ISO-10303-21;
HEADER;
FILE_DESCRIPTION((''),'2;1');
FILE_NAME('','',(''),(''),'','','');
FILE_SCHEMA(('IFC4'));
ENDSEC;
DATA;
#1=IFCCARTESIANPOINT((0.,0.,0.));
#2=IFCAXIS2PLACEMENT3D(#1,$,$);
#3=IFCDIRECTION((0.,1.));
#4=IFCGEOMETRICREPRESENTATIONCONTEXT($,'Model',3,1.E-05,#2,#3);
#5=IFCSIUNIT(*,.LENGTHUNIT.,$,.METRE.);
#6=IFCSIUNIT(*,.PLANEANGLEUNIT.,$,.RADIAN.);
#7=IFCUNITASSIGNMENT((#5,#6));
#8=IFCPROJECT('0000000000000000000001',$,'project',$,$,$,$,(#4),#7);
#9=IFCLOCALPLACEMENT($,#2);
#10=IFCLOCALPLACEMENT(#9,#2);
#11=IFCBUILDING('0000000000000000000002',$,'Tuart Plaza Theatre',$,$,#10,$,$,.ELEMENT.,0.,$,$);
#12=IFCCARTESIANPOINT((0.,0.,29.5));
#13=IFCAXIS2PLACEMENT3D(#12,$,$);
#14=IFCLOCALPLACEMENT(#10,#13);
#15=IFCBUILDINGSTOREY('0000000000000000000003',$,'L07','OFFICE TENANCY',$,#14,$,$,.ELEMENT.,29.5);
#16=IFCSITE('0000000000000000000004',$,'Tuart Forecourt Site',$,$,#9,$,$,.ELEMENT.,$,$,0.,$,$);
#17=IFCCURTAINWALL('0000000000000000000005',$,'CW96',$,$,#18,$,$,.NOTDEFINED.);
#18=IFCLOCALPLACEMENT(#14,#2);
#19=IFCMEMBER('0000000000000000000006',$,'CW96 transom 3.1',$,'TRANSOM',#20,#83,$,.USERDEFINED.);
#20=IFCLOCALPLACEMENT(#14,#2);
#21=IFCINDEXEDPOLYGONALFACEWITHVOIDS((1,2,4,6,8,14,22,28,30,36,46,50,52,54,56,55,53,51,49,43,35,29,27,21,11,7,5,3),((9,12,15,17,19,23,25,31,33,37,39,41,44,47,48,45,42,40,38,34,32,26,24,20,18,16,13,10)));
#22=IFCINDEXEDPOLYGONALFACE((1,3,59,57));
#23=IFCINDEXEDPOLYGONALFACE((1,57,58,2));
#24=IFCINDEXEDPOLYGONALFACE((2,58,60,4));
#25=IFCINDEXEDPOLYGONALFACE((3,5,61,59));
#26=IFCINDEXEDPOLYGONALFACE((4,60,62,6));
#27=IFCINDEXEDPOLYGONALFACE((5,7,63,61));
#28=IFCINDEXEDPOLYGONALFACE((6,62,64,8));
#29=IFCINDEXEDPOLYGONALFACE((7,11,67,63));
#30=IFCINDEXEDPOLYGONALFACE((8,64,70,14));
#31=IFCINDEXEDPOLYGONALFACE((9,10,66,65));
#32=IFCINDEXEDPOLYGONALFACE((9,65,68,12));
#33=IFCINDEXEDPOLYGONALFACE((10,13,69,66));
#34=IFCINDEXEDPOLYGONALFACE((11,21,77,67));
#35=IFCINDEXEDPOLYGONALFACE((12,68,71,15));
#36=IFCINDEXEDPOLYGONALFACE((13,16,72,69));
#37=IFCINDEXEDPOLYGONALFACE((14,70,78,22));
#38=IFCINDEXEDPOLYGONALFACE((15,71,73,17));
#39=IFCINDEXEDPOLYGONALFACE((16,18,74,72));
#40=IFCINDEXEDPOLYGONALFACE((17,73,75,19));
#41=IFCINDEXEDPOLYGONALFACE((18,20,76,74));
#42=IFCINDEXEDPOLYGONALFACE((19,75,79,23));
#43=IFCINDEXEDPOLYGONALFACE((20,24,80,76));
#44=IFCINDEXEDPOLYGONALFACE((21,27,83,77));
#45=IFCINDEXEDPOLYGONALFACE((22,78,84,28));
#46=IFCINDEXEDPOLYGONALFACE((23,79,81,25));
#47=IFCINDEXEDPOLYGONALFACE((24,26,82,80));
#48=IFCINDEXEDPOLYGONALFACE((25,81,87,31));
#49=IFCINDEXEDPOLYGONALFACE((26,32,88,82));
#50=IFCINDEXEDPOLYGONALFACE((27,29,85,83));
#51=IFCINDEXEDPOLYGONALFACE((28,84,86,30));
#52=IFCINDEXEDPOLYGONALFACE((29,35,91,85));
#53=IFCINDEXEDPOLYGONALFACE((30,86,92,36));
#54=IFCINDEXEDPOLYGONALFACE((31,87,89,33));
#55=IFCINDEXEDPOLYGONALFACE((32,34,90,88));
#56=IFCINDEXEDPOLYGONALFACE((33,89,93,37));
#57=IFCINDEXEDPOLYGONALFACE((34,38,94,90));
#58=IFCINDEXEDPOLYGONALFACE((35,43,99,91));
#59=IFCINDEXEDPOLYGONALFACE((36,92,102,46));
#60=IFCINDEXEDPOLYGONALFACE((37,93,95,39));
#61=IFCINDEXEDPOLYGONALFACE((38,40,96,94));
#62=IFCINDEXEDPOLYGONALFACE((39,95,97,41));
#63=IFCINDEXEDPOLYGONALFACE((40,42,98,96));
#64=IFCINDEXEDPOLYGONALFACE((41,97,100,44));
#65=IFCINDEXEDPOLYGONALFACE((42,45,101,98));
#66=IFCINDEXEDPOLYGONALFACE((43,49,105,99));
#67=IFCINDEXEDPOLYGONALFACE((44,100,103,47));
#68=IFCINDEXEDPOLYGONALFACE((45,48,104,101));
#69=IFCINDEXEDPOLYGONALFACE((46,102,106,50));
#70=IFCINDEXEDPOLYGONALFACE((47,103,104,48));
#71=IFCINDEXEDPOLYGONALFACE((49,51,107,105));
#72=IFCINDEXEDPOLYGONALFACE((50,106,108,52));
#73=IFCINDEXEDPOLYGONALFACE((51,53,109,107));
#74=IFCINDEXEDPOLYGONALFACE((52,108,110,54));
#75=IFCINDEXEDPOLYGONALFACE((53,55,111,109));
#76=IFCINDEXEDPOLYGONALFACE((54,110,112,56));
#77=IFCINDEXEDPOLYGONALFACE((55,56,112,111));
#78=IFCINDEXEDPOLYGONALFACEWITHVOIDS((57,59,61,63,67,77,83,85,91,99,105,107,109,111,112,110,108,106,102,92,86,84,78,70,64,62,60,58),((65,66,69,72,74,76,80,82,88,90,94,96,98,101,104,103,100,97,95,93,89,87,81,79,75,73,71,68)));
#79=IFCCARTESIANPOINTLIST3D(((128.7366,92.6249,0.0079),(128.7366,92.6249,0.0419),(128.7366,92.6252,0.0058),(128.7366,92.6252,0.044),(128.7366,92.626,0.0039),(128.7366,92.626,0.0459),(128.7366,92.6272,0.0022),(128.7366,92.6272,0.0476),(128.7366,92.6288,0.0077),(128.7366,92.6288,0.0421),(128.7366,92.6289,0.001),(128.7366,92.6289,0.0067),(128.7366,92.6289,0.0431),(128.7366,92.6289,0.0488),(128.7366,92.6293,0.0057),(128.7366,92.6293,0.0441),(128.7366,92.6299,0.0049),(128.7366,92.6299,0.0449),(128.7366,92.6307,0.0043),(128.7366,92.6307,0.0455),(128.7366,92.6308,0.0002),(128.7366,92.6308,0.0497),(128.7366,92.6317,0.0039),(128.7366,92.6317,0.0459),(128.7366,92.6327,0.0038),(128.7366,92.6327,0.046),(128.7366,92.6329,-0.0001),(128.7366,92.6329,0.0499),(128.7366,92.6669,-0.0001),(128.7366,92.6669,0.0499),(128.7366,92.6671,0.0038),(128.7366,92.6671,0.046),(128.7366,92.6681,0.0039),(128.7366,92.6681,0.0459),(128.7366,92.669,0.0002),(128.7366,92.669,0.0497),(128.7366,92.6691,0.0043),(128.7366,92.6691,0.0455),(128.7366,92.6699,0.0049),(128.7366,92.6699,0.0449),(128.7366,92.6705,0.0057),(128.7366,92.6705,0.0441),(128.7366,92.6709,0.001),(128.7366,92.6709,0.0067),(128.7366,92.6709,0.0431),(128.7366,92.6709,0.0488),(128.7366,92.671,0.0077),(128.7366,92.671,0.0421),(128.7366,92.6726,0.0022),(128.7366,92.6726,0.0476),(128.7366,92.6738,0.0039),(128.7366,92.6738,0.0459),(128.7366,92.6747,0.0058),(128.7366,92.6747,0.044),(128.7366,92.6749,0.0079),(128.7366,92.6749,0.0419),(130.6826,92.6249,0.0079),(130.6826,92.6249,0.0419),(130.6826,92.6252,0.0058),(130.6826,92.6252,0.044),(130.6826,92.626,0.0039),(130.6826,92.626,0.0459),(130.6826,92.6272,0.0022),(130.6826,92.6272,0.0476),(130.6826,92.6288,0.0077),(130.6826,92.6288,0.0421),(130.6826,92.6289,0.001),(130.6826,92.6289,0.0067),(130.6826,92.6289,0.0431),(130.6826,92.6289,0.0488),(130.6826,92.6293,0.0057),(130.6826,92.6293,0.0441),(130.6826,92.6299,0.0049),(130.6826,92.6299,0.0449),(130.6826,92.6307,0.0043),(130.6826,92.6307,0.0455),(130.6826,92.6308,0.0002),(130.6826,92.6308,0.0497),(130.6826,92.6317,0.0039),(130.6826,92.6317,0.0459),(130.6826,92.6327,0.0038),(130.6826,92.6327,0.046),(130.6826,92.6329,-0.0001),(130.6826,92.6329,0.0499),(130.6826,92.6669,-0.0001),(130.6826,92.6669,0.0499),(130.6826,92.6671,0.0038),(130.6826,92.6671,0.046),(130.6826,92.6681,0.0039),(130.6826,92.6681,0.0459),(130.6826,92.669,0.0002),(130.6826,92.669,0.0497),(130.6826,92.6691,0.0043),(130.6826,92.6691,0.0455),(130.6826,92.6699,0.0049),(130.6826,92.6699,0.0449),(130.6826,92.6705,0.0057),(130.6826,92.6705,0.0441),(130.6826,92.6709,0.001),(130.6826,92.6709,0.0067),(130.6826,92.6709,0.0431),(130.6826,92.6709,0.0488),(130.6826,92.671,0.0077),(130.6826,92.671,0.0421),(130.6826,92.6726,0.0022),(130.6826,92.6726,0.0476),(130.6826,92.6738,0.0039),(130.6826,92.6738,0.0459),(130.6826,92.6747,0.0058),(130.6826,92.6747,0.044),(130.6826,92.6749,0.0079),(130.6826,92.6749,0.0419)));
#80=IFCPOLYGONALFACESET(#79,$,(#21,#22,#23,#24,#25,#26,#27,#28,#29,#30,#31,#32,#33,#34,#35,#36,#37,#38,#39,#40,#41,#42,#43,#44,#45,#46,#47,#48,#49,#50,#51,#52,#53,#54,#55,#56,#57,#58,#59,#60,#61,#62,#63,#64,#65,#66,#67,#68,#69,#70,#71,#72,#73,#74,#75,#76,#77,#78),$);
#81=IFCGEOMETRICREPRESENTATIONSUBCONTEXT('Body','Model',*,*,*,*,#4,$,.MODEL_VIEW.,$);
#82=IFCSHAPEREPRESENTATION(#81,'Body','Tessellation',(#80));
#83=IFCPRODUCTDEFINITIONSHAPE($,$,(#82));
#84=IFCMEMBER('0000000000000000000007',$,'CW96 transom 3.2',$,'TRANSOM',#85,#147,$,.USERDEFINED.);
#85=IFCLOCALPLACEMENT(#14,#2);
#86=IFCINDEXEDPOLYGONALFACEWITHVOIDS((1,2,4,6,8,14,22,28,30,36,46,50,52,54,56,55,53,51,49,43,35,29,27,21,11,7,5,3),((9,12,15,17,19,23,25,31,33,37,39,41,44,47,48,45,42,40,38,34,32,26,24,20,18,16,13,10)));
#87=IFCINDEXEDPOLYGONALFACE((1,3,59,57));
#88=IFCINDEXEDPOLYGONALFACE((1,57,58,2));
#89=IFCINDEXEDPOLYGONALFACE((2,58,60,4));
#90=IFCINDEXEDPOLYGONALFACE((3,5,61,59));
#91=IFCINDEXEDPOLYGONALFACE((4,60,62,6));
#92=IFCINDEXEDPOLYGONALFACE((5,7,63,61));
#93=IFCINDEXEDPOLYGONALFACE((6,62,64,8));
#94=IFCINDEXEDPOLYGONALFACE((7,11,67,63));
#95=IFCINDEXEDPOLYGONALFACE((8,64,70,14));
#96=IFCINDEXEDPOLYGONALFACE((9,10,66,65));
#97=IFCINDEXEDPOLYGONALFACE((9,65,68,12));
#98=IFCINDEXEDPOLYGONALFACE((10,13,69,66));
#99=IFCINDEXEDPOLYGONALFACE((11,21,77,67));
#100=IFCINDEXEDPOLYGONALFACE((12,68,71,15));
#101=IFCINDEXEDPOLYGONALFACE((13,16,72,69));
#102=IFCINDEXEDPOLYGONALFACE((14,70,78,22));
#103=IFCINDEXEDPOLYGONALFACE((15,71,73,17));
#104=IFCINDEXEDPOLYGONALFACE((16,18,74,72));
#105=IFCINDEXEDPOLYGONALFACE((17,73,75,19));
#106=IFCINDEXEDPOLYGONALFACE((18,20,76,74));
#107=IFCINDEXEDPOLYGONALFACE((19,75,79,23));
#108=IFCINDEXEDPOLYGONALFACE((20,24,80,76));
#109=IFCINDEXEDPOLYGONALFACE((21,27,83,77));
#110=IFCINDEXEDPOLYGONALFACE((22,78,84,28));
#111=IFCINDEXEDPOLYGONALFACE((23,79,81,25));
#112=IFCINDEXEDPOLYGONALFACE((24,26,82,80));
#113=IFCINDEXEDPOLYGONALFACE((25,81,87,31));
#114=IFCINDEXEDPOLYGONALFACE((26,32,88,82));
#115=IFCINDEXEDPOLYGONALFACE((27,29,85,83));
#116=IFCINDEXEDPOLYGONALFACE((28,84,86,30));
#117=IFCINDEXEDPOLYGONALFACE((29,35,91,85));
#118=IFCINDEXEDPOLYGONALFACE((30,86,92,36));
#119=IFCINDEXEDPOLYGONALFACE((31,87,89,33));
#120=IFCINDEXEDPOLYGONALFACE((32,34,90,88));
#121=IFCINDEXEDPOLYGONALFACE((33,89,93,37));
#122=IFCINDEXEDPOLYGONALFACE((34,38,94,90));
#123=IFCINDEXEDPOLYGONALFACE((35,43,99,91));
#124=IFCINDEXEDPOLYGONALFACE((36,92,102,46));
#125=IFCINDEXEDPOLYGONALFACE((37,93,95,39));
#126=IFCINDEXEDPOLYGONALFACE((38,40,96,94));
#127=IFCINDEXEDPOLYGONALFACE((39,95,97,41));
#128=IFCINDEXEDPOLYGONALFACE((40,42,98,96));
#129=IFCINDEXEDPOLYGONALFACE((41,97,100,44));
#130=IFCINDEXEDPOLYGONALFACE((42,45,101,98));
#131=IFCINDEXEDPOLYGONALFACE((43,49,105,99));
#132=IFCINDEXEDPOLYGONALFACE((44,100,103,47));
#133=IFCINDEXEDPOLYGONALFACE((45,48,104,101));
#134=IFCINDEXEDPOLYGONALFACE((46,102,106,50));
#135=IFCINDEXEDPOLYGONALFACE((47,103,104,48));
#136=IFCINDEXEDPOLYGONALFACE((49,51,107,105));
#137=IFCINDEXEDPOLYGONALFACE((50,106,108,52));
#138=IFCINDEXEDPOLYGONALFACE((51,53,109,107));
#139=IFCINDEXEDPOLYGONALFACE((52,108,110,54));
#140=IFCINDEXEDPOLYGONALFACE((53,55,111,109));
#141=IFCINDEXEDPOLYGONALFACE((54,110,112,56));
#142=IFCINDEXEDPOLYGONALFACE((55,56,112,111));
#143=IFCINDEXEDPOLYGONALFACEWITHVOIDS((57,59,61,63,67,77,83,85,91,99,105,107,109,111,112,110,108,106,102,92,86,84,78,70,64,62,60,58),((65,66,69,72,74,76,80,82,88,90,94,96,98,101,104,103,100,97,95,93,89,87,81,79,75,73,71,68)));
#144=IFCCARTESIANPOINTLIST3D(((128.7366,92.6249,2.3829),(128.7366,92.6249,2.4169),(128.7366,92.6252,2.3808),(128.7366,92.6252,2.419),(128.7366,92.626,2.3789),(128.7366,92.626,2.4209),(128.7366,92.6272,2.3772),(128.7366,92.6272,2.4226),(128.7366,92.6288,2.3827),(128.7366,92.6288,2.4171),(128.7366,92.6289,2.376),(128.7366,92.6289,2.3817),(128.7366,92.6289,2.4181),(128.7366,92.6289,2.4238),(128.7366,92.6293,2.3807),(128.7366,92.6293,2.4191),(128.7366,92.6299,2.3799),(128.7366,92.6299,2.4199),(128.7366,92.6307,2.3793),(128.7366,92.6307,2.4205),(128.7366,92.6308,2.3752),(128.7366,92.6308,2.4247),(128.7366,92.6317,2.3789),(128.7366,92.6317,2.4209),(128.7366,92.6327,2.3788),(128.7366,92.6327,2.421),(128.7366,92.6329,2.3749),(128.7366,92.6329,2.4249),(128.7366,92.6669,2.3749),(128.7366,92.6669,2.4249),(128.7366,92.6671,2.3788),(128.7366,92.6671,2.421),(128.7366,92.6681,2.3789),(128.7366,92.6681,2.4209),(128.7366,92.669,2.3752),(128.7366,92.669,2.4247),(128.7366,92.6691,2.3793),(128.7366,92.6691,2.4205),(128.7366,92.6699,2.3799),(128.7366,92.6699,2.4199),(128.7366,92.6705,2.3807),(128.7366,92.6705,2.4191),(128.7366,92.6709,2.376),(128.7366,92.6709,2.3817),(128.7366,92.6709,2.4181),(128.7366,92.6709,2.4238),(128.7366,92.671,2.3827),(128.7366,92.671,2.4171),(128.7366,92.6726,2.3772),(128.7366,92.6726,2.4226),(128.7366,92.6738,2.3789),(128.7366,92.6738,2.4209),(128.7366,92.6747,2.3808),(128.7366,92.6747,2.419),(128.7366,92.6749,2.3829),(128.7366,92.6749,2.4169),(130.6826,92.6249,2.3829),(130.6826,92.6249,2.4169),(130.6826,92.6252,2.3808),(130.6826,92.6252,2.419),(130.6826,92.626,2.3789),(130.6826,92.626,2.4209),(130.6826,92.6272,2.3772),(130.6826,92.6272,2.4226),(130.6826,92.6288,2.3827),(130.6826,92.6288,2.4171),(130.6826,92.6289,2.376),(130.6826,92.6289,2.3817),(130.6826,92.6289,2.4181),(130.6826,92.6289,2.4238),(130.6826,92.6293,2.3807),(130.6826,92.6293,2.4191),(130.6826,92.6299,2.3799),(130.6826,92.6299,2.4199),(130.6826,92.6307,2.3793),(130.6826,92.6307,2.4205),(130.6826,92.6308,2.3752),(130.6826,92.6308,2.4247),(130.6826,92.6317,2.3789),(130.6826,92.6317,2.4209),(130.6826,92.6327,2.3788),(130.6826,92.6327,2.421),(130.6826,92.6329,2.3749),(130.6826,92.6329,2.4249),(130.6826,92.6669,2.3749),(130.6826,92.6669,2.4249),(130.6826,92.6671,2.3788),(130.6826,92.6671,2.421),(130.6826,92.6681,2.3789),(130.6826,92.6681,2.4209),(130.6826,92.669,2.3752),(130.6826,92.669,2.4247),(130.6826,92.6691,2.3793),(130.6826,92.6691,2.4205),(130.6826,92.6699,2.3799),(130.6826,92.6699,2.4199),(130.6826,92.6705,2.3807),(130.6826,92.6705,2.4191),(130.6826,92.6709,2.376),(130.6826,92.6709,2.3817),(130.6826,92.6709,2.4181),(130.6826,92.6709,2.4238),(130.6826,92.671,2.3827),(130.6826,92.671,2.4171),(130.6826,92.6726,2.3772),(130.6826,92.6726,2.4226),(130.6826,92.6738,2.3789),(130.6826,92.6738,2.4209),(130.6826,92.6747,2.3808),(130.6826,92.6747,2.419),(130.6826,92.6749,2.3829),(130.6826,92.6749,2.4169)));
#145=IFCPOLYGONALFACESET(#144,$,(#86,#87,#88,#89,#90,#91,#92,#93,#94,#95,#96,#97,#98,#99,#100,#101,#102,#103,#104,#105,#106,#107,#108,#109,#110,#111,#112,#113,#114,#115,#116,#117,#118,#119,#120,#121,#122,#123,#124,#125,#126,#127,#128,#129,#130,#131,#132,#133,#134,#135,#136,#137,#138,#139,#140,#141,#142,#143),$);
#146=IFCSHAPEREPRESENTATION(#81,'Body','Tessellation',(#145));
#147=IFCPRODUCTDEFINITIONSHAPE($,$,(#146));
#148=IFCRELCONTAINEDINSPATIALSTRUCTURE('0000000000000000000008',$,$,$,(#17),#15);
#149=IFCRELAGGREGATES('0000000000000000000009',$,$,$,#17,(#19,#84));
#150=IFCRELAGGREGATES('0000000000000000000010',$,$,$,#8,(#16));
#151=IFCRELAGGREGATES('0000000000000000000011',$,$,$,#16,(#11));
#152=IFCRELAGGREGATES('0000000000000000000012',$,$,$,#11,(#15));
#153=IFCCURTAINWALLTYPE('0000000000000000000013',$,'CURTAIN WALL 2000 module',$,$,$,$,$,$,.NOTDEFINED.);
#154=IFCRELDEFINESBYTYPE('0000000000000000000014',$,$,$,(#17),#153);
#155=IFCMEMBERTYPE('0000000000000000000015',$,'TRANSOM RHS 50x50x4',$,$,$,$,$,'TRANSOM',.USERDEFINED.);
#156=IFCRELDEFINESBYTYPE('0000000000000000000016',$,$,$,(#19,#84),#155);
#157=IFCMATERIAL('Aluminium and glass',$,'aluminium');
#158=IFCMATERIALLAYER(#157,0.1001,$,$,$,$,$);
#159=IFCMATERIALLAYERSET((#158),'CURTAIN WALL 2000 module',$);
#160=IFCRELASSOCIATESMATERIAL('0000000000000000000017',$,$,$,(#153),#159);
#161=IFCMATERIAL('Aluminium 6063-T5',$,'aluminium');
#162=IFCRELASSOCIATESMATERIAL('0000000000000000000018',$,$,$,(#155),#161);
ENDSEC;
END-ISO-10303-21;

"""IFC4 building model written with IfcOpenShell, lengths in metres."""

from ifc_helpers import new_model, si_unit, direction, frame, origin, origin_2d, place, context, subcontext, project, spatial, hollow_rectangle, extrude, material, layer, layer_set, material_profile, profile_set, type_object, element, aggregate, save


model = new_model("IFC4")

# Units and contexts
model_context = context("Model", 3, precision=1e-05, world=origin(), true_north=direction((0.0, 1.0)))
body_context = subcontext(model_context, "Body", "Model", "MODEL_VIEW")
ifc_project = project(units=[si_unit("LENGTHUNIT", "METRE"), si_unit("PLANEANGLEUNIT", "RADIAN")], contexts=[model_context])

# Site, building, storey
site_placement = place(None, origin())
site = spatial("IfcSite", under=ifc_project, at=site_placement, Name="Tuart Forecourt Site", CompositionType="ELEMENT", RefElevation=0.0)
building_placement = place(site_placement, origin())
building = spatial("IfcBuilding", under=site, at=building_placement, Name="Tuart Plaza Theatre", CompositionType="ELEMENT", ElevationOfRefHeight=0.0)
storey_placement = place(building_placement, frame((0.0, 0.0, 29.5)))
storey = spatial("IfcBuildingStorey", under=building, at=storey_placement, Name="L07", Description="OFFICE TENANCY", CompositionType="ELEMENT", Elevation=29.5)

# Curtain wall, members
ifc_material_1 = material(Name="Aluminium and glass", Category="aluminium")
ifc_layer_1 = layer(ifc_material_1, 0.1001)
ifc_layer_set_1 = layer_set([ifc_layer_1], Name="CURTAIN WALL 2000 module")
curtain_wall_type = type_object("IfcCurtainWallType", Name="CURTAIN WALL 2000 module", PredefinedType="NOTDEFINED", material=ifc_layer_set_1)
curtain_wall_placement = place(storey_placement, origin())
curtain_wall = element("IfcCurtainWall", 1, at=curtain_wall_placement, inside=storey, type_object=curtain_wall_type, Name="CW96", PredefinedType="NOTDEFINED")
ifc_material_2 = material(Name="Aluminium 6063-T5", Category="aluminium")
ifc_material_profile_1 = material_profile(ifc_material_2, hollow_rectangle(XDim=0.05, YDim=0.05, WallThickness=0.0039, InnerFilletRadius=0.0039, OuterFilletRadius=0.0081, at=origin_2d()), Name="RHS 50x50x4")
ifc_profile_set_1 = profile_set([ifc_material_profile_1], Name="Aluminium 6063-T5")
member_type_1 = type_object("IfcMemberType", Name="TRANSOM RHS 50x50x4", ElementType="TRANSOM", PredefinedType="USERDEFINED", material=ifc_profile_set_1)
member_1_placement = place(storey_placement, frame((130.6826, 92.6499, 0.0249), z_axis=(-1.0, 0.0, 0.0), x_axis=(0.0, -1.0, 0.0)))
member_1 = element("IfcMember", 2, at=member_1_placement, type_object=member_type_1, Name="CW96 transom 3.1", ObjectType="TRANSOM", PredefinedType="USERDEFINED", context=body_context, shape_type="SweptSolid", body=[
    extrude(hollow_rectangle(XDim=0.05, YDim=0.05, WallThickness=0.0039, InnerFilletRadius=0.0039, OuterFilletRadius=0.0081, at=origin_2d()), origin(), (0.0, 0.0, 1.0), 1.946),
])
member_2_placement = place(storey_placement, frame((130.6826, 92.6499, 2.3999), z_axis=(-1.0, 0.0, 0.0), x_axis=(0.0, -1.0, 0.0)))
member_2 = element("IfcMember", 3, at=member_2_placement, type_object=member_type_1, Name="CW96 transom 3.2", ObjectType="TRANSOM", PredefinedType="USERDEFINED", context=body_context, shape_type="SweptSolid", body=[
    extrude(hollow_rectangle(XDim=0.05, YDim=0.05, WallThickness=0.0039, InnerFilletRadius=0.0039, OuterFilletRadius=0.0081, at=origin_2d()), origin(), (0.0, 0.0, 1.0), 1.946),
])
aggregate(curtain_wall, [member_1, member_2])

save(model, "model.ifc")
